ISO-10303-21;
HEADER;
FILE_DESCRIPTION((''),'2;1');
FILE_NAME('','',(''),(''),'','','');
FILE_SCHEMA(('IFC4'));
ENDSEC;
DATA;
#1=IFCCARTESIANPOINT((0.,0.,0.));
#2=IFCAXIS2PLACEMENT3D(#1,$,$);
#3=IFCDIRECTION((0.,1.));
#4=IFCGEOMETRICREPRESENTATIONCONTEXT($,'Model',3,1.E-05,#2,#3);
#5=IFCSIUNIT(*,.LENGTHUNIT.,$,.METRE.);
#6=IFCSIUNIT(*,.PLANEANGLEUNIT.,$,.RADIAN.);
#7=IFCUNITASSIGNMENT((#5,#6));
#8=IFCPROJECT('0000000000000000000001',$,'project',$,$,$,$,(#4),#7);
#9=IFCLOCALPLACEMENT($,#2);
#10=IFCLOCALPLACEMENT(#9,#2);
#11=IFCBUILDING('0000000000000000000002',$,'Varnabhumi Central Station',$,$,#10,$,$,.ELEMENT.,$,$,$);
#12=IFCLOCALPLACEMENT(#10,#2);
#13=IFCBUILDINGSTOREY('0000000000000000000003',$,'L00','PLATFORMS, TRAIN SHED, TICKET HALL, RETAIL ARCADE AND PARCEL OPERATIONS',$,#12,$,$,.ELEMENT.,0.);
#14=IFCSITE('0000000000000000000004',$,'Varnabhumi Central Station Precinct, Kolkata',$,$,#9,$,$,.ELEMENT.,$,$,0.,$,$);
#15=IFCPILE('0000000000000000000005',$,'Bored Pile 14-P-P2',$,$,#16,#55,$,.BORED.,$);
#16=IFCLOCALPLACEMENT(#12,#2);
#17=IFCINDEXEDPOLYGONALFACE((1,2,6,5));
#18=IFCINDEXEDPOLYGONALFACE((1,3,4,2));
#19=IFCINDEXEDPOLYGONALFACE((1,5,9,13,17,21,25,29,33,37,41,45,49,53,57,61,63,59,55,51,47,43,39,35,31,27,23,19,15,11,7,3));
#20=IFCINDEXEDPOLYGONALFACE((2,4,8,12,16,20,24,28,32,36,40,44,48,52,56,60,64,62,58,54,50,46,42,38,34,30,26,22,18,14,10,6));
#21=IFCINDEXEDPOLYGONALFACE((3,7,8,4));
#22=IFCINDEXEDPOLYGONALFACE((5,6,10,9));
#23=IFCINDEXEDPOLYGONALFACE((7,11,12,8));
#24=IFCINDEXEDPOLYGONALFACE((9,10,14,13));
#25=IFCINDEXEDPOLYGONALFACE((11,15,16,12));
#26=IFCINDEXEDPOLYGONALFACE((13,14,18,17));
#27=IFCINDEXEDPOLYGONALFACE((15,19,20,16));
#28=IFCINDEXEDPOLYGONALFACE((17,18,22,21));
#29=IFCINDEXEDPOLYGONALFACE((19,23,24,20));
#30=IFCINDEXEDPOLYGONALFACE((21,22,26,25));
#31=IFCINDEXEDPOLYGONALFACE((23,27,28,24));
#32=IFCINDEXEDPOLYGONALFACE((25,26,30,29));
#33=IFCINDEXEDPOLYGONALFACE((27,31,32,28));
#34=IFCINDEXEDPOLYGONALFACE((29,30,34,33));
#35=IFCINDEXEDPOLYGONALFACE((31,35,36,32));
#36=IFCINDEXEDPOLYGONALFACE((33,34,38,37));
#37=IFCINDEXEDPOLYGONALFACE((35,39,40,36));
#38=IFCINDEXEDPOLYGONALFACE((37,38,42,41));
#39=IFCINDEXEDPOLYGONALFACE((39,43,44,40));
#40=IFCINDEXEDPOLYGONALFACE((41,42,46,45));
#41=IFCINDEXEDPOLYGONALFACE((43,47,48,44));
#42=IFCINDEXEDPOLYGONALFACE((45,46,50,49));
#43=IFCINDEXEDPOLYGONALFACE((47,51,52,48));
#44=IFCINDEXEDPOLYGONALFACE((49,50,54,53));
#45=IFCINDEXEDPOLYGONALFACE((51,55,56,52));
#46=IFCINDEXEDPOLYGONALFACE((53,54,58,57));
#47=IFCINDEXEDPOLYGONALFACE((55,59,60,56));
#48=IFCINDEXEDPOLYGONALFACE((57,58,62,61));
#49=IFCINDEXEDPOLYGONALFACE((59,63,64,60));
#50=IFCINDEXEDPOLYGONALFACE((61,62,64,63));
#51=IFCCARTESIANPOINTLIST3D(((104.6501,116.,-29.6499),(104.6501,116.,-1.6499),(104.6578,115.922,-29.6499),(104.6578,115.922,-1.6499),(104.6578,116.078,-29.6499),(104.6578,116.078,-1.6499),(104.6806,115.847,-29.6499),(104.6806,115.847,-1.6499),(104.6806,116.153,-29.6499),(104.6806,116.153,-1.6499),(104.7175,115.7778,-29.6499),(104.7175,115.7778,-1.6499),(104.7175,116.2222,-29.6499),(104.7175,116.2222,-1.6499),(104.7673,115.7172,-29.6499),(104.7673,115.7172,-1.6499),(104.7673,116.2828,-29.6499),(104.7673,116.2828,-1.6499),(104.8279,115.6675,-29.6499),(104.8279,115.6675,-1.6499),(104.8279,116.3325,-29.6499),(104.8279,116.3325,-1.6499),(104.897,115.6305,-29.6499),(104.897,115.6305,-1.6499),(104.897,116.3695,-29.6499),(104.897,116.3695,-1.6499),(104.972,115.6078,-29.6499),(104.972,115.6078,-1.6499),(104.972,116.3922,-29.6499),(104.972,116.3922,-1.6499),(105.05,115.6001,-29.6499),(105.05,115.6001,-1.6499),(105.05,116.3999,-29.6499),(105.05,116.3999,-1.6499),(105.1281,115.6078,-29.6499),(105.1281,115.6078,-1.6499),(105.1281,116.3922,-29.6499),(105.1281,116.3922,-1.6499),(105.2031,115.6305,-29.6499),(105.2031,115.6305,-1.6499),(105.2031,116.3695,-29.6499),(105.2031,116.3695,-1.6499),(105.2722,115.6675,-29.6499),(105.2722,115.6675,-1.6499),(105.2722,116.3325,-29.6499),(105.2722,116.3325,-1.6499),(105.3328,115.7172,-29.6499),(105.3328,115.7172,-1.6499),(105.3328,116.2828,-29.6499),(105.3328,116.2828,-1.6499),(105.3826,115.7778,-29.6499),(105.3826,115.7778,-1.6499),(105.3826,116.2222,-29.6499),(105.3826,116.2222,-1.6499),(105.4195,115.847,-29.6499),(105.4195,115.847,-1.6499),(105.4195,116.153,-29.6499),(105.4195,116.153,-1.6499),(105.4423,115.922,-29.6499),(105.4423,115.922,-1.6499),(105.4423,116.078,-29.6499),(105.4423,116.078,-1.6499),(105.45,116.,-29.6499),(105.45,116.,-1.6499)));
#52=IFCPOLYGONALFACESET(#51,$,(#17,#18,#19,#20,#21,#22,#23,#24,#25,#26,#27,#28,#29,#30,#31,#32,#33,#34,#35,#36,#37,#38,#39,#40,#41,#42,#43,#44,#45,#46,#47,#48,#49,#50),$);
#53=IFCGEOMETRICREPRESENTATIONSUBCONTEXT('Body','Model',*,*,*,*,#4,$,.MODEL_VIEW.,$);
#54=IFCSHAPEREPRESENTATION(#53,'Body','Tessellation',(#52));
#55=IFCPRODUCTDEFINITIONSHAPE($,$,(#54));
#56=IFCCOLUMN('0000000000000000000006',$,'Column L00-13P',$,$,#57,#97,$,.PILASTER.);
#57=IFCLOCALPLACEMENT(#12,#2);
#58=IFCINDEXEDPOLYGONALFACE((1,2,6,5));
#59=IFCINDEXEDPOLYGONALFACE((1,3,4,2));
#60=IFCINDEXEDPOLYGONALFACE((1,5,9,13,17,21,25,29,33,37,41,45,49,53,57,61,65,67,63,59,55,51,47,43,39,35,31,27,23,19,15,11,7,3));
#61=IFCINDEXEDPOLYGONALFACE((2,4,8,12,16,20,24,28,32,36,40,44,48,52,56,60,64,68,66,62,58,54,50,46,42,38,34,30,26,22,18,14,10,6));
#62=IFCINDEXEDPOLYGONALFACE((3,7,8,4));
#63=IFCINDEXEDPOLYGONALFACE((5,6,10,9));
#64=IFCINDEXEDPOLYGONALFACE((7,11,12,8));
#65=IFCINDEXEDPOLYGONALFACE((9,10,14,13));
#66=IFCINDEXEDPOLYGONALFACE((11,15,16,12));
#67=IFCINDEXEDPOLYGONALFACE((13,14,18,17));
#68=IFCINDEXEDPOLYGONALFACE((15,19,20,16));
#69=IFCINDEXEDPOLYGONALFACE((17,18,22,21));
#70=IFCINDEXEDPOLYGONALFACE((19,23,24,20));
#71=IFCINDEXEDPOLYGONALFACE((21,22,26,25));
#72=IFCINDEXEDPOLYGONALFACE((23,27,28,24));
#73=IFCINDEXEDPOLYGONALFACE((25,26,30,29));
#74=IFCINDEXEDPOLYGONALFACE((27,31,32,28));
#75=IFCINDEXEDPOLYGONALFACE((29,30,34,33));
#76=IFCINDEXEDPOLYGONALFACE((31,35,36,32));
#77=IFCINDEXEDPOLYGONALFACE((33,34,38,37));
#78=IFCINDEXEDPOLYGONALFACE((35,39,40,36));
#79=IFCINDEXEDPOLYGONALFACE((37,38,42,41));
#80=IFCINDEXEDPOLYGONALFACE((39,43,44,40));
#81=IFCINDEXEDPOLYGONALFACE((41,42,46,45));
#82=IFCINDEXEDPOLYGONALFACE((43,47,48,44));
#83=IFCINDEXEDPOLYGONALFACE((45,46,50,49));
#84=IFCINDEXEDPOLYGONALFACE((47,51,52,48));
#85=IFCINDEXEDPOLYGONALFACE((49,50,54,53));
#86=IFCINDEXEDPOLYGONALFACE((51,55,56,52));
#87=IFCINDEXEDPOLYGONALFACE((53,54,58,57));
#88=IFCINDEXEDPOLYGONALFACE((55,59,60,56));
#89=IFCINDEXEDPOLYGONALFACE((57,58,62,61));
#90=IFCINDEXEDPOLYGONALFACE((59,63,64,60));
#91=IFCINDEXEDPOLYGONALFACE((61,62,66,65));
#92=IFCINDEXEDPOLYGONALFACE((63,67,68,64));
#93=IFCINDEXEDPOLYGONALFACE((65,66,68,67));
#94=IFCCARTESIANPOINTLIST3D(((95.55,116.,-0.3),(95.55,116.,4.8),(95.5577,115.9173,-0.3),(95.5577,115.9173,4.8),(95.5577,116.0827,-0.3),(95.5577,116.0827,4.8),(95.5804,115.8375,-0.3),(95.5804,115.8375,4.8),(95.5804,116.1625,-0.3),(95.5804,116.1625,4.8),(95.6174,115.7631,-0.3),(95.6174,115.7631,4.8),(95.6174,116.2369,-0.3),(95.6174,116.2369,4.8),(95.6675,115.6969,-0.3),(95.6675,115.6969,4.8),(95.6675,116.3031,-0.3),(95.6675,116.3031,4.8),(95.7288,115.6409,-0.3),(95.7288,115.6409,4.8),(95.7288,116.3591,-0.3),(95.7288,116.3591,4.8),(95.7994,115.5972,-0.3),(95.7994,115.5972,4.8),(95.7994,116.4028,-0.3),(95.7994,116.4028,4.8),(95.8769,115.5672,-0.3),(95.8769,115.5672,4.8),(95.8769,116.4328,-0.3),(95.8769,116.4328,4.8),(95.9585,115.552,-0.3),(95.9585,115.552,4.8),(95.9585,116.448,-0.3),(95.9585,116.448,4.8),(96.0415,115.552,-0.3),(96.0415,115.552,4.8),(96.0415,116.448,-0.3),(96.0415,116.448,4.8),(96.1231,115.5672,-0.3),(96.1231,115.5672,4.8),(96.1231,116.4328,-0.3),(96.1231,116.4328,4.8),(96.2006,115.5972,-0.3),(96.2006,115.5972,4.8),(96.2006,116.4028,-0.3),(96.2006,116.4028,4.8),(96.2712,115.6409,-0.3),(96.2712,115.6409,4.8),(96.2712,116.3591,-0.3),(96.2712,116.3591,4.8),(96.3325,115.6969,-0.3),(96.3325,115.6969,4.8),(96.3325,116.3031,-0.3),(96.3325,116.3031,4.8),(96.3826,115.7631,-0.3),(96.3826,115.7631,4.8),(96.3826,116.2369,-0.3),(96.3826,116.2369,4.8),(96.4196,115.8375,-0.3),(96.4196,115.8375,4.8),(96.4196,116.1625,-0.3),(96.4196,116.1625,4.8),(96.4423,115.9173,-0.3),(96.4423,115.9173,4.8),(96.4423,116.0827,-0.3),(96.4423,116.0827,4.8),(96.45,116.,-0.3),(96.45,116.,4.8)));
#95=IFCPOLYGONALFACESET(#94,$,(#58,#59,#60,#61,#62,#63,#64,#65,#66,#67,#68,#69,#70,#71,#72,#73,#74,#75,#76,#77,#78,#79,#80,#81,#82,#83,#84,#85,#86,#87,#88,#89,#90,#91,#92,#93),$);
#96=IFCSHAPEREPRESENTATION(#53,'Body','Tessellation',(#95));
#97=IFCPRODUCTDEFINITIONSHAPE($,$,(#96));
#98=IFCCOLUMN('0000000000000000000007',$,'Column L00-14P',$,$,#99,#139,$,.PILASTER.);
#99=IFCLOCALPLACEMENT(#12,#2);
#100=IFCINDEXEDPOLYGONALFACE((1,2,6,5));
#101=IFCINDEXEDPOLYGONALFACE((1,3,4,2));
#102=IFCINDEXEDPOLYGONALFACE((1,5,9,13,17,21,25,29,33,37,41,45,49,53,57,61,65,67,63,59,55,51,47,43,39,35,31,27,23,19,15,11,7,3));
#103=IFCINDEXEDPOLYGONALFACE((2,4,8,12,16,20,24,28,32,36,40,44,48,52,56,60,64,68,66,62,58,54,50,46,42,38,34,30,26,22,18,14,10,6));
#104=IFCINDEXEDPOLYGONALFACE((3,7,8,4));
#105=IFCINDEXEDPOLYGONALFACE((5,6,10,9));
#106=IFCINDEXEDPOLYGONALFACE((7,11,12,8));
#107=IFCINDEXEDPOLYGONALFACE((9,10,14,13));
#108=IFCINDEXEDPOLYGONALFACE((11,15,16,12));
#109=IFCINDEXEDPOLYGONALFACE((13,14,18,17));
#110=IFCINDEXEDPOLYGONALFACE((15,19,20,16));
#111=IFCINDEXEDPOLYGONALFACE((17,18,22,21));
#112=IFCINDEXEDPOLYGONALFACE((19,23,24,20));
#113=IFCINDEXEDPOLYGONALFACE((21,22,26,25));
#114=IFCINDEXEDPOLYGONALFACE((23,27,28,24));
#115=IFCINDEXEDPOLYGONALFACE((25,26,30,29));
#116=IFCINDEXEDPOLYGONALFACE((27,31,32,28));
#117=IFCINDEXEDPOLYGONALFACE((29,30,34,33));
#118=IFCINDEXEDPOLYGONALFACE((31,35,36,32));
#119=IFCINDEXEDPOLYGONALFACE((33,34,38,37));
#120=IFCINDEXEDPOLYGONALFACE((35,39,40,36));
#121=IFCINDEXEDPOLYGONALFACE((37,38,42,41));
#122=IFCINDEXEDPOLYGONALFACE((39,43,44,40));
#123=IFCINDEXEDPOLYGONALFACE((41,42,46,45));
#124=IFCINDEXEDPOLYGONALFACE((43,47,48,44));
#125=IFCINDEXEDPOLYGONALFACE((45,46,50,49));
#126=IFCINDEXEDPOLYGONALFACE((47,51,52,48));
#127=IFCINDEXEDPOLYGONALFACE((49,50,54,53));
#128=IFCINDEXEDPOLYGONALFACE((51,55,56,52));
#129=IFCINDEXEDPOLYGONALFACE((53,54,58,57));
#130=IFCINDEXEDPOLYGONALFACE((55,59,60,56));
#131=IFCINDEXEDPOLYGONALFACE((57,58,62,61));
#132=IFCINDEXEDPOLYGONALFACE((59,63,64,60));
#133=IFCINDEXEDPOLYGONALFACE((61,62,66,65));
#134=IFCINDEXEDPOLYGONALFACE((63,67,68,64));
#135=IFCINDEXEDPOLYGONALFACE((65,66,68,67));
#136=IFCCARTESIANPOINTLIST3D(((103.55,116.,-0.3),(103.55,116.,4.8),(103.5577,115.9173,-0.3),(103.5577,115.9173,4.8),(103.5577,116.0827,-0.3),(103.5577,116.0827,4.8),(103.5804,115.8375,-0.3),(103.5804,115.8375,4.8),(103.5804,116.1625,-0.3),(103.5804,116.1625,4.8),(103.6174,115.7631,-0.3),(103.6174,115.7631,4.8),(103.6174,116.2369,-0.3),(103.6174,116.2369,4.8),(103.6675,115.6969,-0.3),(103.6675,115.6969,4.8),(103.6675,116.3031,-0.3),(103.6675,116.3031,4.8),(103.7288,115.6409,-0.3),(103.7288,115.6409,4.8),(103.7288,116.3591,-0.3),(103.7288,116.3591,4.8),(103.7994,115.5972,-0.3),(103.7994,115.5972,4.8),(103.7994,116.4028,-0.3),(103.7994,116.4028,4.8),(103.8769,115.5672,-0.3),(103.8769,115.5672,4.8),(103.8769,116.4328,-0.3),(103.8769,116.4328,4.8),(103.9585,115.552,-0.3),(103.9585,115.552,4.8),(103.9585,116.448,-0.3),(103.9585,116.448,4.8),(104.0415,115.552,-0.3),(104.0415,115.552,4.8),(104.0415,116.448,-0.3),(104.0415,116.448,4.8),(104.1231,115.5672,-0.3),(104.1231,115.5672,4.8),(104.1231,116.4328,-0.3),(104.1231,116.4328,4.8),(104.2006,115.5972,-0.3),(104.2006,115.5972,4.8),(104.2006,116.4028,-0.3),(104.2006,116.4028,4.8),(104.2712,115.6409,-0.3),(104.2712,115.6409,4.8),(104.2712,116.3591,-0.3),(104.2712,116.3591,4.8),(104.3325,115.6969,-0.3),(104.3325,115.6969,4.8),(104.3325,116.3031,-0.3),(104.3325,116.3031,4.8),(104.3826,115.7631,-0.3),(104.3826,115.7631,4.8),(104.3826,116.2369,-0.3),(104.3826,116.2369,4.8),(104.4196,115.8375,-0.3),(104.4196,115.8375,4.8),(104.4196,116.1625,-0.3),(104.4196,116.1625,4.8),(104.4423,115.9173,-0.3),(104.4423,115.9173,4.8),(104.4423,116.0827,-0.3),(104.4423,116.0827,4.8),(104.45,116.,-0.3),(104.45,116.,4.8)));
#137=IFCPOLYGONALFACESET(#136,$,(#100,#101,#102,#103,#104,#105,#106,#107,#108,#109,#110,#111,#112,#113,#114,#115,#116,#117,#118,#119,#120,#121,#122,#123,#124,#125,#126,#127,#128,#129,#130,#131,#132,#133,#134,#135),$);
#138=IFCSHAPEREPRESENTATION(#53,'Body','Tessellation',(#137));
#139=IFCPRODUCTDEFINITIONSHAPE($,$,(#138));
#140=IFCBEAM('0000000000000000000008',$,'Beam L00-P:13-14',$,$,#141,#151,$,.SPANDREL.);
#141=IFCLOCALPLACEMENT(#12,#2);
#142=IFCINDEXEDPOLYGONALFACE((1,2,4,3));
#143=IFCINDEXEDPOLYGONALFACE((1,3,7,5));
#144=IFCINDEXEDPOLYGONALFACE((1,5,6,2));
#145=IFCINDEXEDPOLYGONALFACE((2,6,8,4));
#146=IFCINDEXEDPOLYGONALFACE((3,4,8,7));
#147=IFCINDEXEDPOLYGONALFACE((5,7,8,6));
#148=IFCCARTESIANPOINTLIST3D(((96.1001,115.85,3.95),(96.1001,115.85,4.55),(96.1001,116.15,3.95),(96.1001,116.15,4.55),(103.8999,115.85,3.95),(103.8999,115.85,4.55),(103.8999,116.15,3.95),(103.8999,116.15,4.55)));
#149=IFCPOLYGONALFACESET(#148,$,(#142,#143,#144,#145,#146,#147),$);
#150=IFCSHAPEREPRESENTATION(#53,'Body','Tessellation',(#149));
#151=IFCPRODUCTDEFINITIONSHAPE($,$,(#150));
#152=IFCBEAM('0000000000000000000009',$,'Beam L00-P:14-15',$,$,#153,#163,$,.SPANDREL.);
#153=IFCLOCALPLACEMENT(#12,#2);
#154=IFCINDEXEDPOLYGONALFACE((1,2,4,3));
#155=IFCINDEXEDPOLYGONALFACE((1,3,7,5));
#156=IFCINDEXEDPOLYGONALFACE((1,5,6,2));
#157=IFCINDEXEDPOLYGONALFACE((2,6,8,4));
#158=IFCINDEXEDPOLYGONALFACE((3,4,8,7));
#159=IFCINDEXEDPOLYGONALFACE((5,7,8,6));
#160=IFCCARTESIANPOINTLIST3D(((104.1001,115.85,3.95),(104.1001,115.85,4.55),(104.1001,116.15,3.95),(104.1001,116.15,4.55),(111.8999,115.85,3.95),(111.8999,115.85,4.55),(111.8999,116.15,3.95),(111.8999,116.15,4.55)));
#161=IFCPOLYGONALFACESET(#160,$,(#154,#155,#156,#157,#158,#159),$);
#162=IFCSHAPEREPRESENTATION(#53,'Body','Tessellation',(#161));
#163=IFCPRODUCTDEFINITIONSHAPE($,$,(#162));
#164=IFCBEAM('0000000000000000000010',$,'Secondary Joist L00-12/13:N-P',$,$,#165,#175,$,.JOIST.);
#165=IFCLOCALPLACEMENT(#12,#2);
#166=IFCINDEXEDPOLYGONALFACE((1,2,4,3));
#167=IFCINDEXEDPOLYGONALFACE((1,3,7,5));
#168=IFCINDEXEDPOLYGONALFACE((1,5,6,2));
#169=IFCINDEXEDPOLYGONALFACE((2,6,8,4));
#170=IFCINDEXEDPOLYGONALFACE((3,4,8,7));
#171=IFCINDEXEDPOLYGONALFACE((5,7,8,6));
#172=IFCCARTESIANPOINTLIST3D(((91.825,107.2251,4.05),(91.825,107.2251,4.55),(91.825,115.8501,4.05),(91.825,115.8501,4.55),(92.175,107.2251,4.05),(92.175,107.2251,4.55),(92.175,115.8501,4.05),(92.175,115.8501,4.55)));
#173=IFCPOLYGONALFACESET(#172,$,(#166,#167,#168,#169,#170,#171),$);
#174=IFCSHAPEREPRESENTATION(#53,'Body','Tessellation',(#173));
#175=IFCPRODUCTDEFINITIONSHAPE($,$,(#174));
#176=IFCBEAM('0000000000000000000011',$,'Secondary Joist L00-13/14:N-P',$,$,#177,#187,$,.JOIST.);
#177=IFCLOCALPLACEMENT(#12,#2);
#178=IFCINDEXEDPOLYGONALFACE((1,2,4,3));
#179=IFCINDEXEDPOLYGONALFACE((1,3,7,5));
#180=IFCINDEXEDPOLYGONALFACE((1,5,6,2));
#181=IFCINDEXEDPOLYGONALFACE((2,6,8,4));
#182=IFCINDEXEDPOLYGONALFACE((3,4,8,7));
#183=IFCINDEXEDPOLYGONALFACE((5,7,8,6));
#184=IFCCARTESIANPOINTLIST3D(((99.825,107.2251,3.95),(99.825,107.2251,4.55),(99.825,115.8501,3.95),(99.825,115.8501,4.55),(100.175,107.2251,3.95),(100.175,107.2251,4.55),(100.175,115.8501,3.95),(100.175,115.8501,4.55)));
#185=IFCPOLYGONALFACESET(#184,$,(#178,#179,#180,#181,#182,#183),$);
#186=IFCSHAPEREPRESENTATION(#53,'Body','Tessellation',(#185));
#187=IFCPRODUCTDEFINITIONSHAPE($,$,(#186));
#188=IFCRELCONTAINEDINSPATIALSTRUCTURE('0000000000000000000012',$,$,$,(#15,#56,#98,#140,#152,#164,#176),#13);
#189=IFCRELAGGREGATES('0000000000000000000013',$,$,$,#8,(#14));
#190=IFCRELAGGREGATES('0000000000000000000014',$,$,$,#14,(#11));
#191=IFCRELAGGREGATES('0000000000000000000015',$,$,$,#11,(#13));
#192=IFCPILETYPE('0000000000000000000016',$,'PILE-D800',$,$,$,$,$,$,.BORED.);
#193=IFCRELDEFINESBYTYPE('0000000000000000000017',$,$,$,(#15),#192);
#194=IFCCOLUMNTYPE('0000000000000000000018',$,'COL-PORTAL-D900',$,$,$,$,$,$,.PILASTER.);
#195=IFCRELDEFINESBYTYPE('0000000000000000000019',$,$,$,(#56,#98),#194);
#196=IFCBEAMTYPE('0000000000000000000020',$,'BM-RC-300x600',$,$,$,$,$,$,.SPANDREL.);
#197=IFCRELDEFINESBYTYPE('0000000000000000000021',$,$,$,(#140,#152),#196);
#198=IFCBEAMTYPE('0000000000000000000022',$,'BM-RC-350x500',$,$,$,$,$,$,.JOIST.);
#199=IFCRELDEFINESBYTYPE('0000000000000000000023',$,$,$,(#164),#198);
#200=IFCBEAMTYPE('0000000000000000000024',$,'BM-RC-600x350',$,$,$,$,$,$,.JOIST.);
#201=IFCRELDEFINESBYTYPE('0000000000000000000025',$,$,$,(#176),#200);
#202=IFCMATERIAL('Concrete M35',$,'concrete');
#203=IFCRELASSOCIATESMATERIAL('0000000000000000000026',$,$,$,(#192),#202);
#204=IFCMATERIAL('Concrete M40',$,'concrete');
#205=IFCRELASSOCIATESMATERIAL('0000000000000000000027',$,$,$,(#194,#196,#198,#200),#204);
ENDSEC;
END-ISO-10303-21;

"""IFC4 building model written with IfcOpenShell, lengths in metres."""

from ifc_helpers import new_model, si_unit, direction, frame, origin, origin_2d, place, context, subcontext, project, spatial, rectangle, circle, extrude, material, material_profile, profile_set, type_object, element, save


model = new_model("IFC4")

# Units and contexts
model_context = context("Model", 3, precision=1e-05, world=origin(), true_north=direction((0.0, 1.0)))
body_context = subcontext(model_context, "Body", "Model", "MODEL_VIEW")
ifc_project = project(units=[si_unit("LENGTHUNIT", "METRE"), si_unit("PLANEANGLEUNIT", "RADIAN")], contexts=[model_context])

# Site, building, storey
site_placement = place(None, origin())
site = spatial("IfcSite", under=ifc_project, at=site_placement, Name="Varnabhumi Central Station Precinct, Kolkata", CompositionType="ELEMENT", RefElevation=0.0)
building_placement = place(site_placement, origin())
building = spatial("IfcBuilding", under=site, at=building_placement, Name="Varnabhumi Central Station", CompositionType="ELEMENT")
storey_placement = place(building_placement, origin())
storey = spatial("IfcBuildingStorey", under=building, at=storey_placement, Name="L00", Description="PLATFORMS, TRAIN SHED, TICKET HALL, RETAIL ARCADE AND PARCEL OPERATIONS", CompositionType="ELEMENT", Elevation=0.0)

# Shared definitions
ifc_material_1 = material(Name="Concrete M40", Category="concrete")

# Pile
ifc_material_2 = material(Name="Concrete M35", Category="concrete")
ifc_material_profile_1 = material_profile(ifc_material_2, circle(Radius=0.3999, at=origin_2d()), Name="Concrete M35", Category="concrete")
ifc_profile_set_1 = profile_set([ifc_material_profile_1], Name="Concrete M35")
pile_type_1 = type_object("IfcPileType", Name="PILE-D800", PredefinedType="BORED", material=ifc_profile_set_1)
for number, where, z_axis, x_axis, name in (
    (1, (105.05, 116.0, -1.6499), (0.0, 0.0, -1.0), (1.0, 0.0, 0.0), "Bored Pile 14-P-P2"),
):
    element("IfcPile", number, at=place(storey_placement, frame(where, z_axis=z_axis, x_axis=x_axis)), inside=storey, type_object=pile_type_1, Name=name, PredefinedType="BORED", context=body_context, shape_type="SweptSolid", body=[
        extrude(circle(Radius=0.3999, at=origin_2d()), origin(), (0.0, 0.0, 1.0), 28.0),
    ])

# Columns
ifc_material_profile_2 = material_profile(ifc_material_1, circle(Radius=0.45, at=origin_2d()), Name="Concrete M40", Category="concrete")
ifc_profile_set_2 = profile_set([ifc_material_profile_2], Name="Concrete M40")
column_type = type_object("IfcColumnType", Name="COL-PORTAL-D900", PredefinedType="PILASTER", material=ifc_profile_set_2)
for number, where, z_axis, x_axis, name in (
    (2, (96.0, 116.0, -0.3), (0.0, 0.0, 1.0), (1.0, 0.0, 0.0), "Column L00-13P"),
    (3, (104.0, 116.0, -0.3), (0.0, 0.0, 1.0), (1.0, 0.0, 0.0), "Column L00-14P"),
):
    element("IfcColumn", number, at=place(storey_placement, frame(where, z_axis=z_axis, x_axis=x_axis)), inside=storey, type_object=column_type, Name=name, PredefinedType="PILASTER", context=body_context, shape_type="SweptSolid", body=[
        extrude(circle(Radius=0.45, at=origin_2d()), origin(), (0.0, 0.0, 1.0), 5.1001),
    ])

# Beams
ifc_material_profile_3 = material_profile(ifc_material_1, rectangle(XDim=0.3, YDim=0.6001, at=origin_2d()), Name="Concrete M40", Category="concrete")
ifc_profile_set_3 = profile_set([ifc_material_profile_3], Name="Concrete M40")
beam_type_1 = type_object("IfcBeamType", Name="BM-RC-300x600", PredefinedType="SPANDREL", material=ifc_profile_set_3)
for number, where, z_axis, x_axis, name in (
    (4, (96.1001, 116.0, 4.25), (1.0, 0.0, 0.0), (0.0, 1.0, 0.0), "Beam L00-P:13-14"),
    (5, (104.1001, 116.0, 4.25), (1.0, 0.0, 0.0), (0.0, 1.0, 0.0), "Beam L00-P:14-15"),
):
    element("IfcBeam", number, at=place(storey_placement, frame(where, z_axis=z_axis, x_axis=x_axis)), inside=storey, type_object=beam_type_1, Name=name, PredefinedType="SPANDREL", context=body_context, shape_type="SweptSolid", body=[
        extrude(rectangle(XDim=0.3, YDim=0.6001, at=origin_2d()), origin(), (0.0, 0.0, 1.0), 7.7998),
    ])
ifc_material_profile_4 = material_profile(ifc_material_1, rectangle(XDim=0.3501, YDim=0.5, at=origin_2d()), Name="Concrete M40", Category="concrete")
ifc_profile_set_4 = profile_set([ifc_material_profile_4], Name="Concrete M40")
beam_type_2 = type_object("IfcBeamType", Name="BM-RC-350x500", PredefinedType="JOIST", material=ifc_profile_set_4)
beam_1_placement = place(storey_placement, frame((92.0, 107.2251, 4.3), z_axis=(0.0, 1.0, 0.0), x_axis=(-1.0, 0.0, 0.0)))
element("IfcBeam", 6, at=beam_1_placement, inside=storey, type_object=beam_type_2, Name="Secondary Joist L00-12/13:N-P", PredefinedType="JOIST", context=body_context, shape_type="SweptSolid", body=[
    extrude(rectangle(XDim=0.3501, YDim=0.5, at=origin_2d()), origin(), (0.0, 0.0, 1.0), 8.625),
])
ifc_material_profile_5 = material_profile(ifc_material_1, rectangle(XDim=0.3501, YDim=0.6001, at=origin_2d()), Name="Concrete M40", Category="concrete")
ifc_profile_set_5 = profile_set([ifc_material_profile_5], Name="Concrete M40")
beam_type_3 = type_object("IfcBeamType", Name="BM-RC-600x350", PredefinedType="JOIST", material=ifc_profile_set_5)
beam_2_placement = place(storey_placement, frame((100.0, 107.2251, 4.25), z_axis=(0.0, 1.0, 0.0), x_axis=(-1.0, 0.0, 0.0)))
element("IfcBeam", 7, at=beam_2_placement, inside=storey, type_object=beam_type_3, Name="Secondary Joist L00-13/14:N-P", PredefinedType="JOIST", context=body_context, shape_type="SweptSolid", body=[
    extrude(rectangle(XDim=0.3501, YDim=0.6001, at=origin_2d()), origin(), (0.0, 0.0, 1.0), 8.625),
])

save(model, "model.ifc")
